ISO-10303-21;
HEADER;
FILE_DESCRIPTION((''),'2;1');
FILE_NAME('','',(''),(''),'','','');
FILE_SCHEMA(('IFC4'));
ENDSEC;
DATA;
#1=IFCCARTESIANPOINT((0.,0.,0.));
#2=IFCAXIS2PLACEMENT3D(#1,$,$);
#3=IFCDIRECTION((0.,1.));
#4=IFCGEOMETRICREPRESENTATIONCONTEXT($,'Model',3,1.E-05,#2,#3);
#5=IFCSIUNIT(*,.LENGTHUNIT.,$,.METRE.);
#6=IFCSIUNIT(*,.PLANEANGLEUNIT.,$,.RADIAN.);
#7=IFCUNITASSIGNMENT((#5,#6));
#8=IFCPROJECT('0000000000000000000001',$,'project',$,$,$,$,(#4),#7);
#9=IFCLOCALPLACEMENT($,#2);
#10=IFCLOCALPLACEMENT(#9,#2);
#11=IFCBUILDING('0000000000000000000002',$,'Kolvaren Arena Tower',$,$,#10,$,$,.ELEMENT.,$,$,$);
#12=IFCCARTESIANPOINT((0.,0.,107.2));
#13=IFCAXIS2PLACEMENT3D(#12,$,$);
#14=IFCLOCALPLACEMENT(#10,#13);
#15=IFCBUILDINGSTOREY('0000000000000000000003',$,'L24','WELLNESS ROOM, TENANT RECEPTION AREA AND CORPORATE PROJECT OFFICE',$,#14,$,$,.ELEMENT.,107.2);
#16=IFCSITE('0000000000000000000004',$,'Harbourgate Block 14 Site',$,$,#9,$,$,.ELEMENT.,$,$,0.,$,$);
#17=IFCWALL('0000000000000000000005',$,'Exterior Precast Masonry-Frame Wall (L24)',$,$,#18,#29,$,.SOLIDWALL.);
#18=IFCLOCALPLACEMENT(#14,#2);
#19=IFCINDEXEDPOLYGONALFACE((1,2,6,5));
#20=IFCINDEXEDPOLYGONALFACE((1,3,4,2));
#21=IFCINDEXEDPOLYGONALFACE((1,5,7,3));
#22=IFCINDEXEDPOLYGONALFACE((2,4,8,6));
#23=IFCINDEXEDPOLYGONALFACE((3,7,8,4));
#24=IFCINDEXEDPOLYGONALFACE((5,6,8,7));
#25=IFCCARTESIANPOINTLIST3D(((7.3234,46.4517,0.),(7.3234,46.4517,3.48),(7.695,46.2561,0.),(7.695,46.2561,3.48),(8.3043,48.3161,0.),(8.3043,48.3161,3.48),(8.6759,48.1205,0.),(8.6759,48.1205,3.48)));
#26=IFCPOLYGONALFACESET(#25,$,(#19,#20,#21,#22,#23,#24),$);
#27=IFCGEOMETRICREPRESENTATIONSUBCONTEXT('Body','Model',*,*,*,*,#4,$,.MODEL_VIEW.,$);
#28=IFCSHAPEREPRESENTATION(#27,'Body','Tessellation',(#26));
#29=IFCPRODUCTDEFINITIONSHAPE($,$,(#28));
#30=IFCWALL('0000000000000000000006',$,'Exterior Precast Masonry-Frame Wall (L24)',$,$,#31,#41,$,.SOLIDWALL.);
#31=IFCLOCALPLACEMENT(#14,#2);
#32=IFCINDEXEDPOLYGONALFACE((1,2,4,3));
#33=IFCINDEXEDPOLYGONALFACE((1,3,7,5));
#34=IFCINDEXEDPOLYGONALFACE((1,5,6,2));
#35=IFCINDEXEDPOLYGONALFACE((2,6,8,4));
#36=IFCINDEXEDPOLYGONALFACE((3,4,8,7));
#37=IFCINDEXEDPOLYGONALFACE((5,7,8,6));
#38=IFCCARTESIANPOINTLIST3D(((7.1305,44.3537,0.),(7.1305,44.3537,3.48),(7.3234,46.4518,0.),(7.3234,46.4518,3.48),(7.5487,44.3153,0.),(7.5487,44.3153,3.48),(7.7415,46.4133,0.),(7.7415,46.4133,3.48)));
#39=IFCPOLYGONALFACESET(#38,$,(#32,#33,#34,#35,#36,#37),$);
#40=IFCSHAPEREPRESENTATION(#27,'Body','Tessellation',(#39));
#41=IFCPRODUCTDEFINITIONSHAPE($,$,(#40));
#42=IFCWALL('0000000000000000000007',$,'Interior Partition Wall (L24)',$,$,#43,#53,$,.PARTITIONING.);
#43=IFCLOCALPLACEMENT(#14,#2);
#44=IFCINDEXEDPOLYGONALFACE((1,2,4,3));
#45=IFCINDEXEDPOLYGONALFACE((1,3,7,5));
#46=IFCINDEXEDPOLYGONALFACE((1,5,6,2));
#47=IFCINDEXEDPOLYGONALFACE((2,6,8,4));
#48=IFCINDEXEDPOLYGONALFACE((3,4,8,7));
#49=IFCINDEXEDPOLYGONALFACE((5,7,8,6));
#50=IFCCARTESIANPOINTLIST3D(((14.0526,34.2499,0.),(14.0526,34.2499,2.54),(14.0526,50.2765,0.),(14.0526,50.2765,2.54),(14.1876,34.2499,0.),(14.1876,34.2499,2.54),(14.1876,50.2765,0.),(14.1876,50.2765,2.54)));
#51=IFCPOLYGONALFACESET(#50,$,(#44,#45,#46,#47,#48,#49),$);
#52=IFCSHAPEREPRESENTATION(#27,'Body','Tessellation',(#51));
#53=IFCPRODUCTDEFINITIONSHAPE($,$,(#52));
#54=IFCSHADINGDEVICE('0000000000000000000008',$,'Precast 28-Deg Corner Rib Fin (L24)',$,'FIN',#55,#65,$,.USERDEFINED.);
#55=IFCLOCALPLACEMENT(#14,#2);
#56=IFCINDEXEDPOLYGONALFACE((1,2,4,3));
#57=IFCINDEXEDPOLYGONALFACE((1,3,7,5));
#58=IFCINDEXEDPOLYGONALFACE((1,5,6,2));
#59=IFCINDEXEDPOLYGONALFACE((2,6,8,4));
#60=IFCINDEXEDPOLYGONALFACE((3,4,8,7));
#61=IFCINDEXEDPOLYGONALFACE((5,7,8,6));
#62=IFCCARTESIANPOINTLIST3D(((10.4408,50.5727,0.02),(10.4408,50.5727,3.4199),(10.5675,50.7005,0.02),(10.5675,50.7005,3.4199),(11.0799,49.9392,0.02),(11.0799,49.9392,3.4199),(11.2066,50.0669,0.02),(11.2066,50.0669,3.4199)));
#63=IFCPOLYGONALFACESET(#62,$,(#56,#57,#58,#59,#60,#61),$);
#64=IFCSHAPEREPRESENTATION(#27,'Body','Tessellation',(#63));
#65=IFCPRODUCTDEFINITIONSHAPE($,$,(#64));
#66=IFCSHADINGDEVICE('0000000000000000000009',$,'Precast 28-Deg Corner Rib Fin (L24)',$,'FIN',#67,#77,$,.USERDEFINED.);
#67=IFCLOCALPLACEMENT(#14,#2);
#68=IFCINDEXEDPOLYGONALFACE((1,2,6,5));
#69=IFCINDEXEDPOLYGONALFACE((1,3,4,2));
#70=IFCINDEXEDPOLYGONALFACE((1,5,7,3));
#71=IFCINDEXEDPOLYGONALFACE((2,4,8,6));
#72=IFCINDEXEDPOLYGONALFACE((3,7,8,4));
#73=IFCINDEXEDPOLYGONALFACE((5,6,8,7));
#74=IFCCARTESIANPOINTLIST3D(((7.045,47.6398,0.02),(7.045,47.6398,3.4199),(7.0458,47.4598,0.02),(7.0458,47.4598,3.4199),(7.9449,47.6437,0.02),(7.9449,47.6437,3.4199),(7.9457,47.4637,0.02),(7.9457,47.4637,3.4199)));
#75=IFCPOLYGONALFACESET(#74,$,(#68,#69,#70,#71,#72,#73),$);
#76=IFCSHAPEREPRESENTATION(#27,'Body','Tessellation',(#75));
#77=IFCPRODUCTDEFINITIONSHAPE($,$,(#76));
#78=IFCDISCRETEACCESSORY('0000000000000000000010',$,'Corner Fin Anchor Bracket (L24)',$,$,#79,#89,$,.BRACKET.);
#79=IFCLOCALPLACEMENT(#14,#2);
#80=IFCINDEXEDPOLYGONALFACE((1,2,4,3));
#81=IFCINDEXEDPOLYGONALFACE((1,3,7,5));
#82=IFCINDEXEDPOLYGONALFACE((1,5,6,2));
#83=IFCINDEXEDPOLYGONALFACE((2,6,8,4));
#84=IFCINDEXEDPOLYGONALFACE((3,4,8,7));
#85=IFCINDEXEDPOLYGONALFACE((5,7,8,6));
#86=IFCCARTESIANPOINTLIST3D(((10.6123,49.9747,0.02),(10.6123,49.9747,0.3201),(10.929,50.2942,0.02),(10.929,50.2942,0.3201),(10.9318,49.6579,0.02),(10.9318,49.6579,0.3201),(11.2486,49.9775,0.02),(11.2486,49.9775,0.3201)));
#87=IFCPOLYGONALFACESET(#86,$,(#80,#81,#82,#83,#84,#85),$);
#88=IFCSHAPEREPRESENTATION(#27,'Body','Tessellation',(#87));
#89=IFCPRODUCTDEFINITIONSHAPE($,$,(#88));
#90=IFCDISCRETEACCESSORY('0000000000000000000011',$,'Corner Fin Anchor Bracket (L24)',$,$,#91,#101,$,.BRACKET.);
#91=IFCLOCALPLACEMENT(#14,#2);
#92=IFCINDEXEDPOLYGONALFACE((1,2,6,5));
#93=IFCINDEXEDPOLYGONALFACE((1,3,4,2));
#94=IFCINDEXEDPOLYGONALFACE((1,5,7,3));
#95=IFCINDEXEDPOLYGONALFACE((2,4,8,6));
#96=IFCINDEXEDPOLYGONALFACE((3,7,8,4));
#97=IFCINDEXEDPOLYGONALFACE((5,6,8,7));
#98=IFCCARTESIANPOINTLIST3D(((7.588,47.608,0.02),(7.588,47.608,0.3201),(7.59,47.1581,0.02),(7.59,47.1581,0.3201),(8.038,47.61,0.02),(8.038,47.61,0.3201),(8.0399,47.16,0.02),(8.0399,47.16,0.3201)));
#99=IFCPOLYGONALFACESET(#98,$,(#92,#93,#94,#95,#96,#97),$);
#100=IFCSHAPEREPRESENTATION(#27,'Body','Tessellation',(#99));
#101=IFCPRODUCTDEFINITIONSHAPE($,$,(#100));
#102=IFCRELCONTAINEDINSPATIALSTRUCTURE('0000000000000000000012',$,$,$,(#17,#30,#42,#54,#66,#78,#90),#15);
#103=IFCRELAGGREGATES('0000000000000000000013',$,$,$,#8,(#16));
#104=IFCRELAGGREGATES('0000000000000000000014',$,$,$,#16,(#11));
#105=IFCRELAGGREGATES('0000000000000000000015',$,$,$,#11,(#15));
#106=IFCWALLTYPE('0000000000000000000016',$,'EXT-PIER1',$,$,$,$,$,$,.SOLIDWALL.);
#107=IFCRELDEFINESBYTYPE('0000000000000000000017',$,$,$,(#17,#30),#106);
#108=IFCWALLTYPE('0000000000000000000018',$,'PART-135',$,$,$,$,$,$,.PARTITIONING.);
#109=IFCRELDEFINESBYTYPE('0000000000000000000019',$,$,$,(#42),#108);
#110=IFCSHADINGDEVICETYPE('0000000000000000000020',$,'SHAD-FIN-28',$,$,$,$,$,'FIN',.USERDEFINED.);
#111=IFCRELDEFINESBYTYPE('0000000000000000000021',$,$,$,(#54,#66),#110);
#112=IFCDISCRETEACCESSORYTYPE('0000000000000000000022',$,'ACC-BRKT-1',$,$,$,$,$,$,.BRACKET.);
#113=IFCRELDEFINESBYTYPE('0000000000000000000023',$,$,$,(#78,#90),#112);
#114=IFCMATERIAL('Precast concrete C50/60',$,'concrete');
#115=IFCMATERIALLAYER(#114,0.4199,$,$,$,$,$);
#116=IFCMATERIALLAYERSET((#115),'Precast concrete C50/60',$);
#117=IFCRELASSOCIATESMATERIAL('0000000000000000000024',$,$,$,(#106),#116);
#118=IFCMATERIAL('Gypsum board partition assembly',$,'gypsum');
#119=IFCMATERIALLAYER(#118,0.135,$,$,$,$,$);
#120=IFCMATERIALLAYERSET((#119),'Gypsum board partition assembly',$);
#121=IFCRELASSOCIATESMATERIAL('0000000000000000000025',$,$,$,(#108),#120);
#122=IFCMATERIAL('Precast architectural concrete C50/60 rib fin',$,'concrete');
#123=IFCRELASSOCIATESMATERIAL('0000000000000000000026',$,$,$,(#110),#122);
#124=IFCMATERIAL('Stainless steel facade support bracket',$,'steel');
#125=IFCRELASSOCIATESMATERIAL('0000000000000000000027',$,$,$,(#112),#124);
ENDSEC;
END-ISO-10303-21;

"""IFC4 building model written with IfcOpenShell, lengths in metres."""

from ifc_helpers import new_model, si_unit, direction, frame, frame_2d, origin, origin_2d, place, context, subcontext, project, spatial, rectangle, extrude, material, layer, layer_set, type_object, element, save


model = new_model("IFC4")

# Units and contexts
model_context = context("Model", 3, precision=1e-05, world=origin(), true_north=direction((0.0, 1.0)))
body_context = subcontext(model_context, "Body", "Model", "MODEL_VIEW")
ifc_project = project(units=[si_unit("LENGTHUNIT", "METRE"), si_unit("PLANEANGLEUNIT", "RADIAN")], contexts=[model_context])

# Site, building, storey
site_placement = place(None, origin())
site = spatial("IfcSite", under=ifc_project, at=site_placement, Name="Harbourgate Block 14 Site", CompositionType="ELEMENT", RefElevation=0.0)
building_placement = place(site_placement, origin())
building = spatial("IfcBuilding", under=site, at=building_placement, Name="Kolvaren Arena Tower", CompositionType="ELEMENT")
storey_placement = place(building_placement, frame((0.0, 0.0, 107.2)))
storey = spatial("IfcBuildingStorey", under=building, at=storey_placement, Name="L24", Description="WELLNESS ROOM, TENANT RECEPTION AREA AND CORPORATE PROJECT OFFICE", CompositionType="ELEMENT", Elevation=107.2)

# Shared definitions
ifc_material_1 = material(Name="Precast concrete C50/60", Category="concrete")
ifc_layer_1 = layer(ifc_material_1, 0.4199)
ifc_layer_set_1 = layer_set([ifc_layer_1], Name="Precast concrete C50/60")
wall_type_1 = type_object("IfcWallType", Name="EXT-PIER1", PredefinedType="SOLIDWALL", material=ifc_layer_set_1)

# Walls
wall_1_placement = place(storey_placement, frame((7.5093, 46.354, 0.0), z_axis=(0.0, 0.0, 1.0), x_axis=(0.465613, 0.884989, 0.0)))
element("IfcWall", 1, at=wall_1_placement, inside=storey, type_object=wall_type_1, Name="Exterior Precast Masonry-Frame Wall (L24)", PredefinedType="SOLIDWALL", context=body_context, shape_type="SweptSolid", body=[
    extrude(rectangle(XDim=2.1067, YDim=0.4199, at=frame_2d((1.0532, 0.0))), origin(), (0.0, 0.0, 1.0), 3.48),
])
wall_2_placement = place(storey_placement, frame((7.3396, 44.3345, 0.0), z_axis=(0.0, 0.0, 1.0), x_axis=(0.091539, 0.995802, 0.0)))
element("IfcWall", 2, at=wall_2_placement, inside=storey, type_object=wall_type_1, Name="Exterior Precast Masonry-Frame Wall (L24)", PredefinedType="SOLIDWALL", context=body_context, shape_type="SweptSolid", body=[
    extrude(rectangle(XDim=2.1069, YDim=0.4199, at=frame_2d((1.0535, 0.0))), origin(), (0.0, 0.0, 1.0), 3.48),
])
ifc_material_2 = material(Name="Gypsum board partition assembly", Category="gypsum")
ifc_layer_2 = layer(ifc_material_2, 0.135)
ifc_layer_set_2 = layer_set([ifc_layer_2], Name="Gypsum board partition assembly")
wall_type_2 = type_object("IfcWallType", Name="PART-135", PredefinedType="PARTITIONING", material=ifc_layer_set_2)
wall_3_placement = place(storey_placement, frame((14.1201, 34.25, 0.0), z_axis=(0.0, 0.0, 1.0), x_axis=(0.0, 1.0, 0.0)))
element("IfcWall", 3, at=wall_3_placement, inside=storey, type_object=wall_type_2, Name="Interior Partition Wall (L24)", PredefinedType="PARTITIONING", context=body_context, shape_type="SweptSolid", body=[
    extrude(rectangle(XDim=16.0266, YDim=0.135, at=frame_2d((8.0132, 0.0))), origin(), (0.0, 0.0, 1.0), 2.54),
])

# Shading devices
ifc_material_3 = material(Name="Precast architectural concrete C50/60 rib fin", Category="concrete")
shading_device_type = type_object("IfcShadingDeviceType", Name="SHAD-FIN-28", ElementType="FIN", PredefinedType="USERDEFINED", material=ifc_material_3)
for number, where, z_axis, x_axis, name in (
    (4, (10.8237, 50.3198, 0.02), (0.0, 0.0, 1.0), (-0.710184, 0.704016, 0.0), "Precast 28-Deg Corner Rib Fin (L24)"),
    (5, (7.4954, 47.5518, 0.02), (0.0, 0.0, 1.0), (-0.999991, -0.004349, 0.0), "Precast 28-Deg Corner Rib Fin (L24)"),
):
    element("IfcShadingDevice", number, at=place(storey_placement, frame(where, z_axis=z_axis, x_axis=x_axis)), inside=storey, type_object=shading_device_type, Name=name, ObjectType="FIN", PredefinedType="USERDEFINED", context=body_context, shape_type="SweptSolid", body=[
        extrude(rectangle(XDim=0.8999, YDim=0.1799, at=origin_2d()), origin(), (0.0, 0.0, 1.0), 3.3999),
    ])

# Discrete accessories
ifc_material_4 = material(Name="Stainless steel facade support bracket", Category="steel")
discrete_accessory_type = type_object("IfcDiscreteAccessoryType", Name="ACC-BRKT-1", PredefinedType="BRACKET", material=ifc_material_4)
for number, where, z_axis, x_axis, name in (
    (6, (10.9304, 49.9761, 0.02), (0.0, 0.0, 1.0), (-0.710184, 0.704016, 0.0), "Corner Fin Anchor Bracket (L24)"),
    (7, (7.814, 47.384, 0.02), (0.0, 0.0, 1.0), (-0.999991, -0.004349, 0.0), "Corner Fin Anchor Bracket (L24)"),
):
    element("IfcDiscreteAccessory", number, at=place(storey_placement, frame(where, z_axis=z_axis, x_axis=x_axis)), inside=storey, type_object=discrete_accessory_type, Name=name, PredefinedType="BRACKET", context=body_context, shape_type="SweptSolid", body=[
        extrude(rectangle(XDim=0.45, YDim=0.45, at=origin_2d()), origin(), (0.0, 0.0, 1.0), 0.3),
    ])

save(model, "model.ifc")
